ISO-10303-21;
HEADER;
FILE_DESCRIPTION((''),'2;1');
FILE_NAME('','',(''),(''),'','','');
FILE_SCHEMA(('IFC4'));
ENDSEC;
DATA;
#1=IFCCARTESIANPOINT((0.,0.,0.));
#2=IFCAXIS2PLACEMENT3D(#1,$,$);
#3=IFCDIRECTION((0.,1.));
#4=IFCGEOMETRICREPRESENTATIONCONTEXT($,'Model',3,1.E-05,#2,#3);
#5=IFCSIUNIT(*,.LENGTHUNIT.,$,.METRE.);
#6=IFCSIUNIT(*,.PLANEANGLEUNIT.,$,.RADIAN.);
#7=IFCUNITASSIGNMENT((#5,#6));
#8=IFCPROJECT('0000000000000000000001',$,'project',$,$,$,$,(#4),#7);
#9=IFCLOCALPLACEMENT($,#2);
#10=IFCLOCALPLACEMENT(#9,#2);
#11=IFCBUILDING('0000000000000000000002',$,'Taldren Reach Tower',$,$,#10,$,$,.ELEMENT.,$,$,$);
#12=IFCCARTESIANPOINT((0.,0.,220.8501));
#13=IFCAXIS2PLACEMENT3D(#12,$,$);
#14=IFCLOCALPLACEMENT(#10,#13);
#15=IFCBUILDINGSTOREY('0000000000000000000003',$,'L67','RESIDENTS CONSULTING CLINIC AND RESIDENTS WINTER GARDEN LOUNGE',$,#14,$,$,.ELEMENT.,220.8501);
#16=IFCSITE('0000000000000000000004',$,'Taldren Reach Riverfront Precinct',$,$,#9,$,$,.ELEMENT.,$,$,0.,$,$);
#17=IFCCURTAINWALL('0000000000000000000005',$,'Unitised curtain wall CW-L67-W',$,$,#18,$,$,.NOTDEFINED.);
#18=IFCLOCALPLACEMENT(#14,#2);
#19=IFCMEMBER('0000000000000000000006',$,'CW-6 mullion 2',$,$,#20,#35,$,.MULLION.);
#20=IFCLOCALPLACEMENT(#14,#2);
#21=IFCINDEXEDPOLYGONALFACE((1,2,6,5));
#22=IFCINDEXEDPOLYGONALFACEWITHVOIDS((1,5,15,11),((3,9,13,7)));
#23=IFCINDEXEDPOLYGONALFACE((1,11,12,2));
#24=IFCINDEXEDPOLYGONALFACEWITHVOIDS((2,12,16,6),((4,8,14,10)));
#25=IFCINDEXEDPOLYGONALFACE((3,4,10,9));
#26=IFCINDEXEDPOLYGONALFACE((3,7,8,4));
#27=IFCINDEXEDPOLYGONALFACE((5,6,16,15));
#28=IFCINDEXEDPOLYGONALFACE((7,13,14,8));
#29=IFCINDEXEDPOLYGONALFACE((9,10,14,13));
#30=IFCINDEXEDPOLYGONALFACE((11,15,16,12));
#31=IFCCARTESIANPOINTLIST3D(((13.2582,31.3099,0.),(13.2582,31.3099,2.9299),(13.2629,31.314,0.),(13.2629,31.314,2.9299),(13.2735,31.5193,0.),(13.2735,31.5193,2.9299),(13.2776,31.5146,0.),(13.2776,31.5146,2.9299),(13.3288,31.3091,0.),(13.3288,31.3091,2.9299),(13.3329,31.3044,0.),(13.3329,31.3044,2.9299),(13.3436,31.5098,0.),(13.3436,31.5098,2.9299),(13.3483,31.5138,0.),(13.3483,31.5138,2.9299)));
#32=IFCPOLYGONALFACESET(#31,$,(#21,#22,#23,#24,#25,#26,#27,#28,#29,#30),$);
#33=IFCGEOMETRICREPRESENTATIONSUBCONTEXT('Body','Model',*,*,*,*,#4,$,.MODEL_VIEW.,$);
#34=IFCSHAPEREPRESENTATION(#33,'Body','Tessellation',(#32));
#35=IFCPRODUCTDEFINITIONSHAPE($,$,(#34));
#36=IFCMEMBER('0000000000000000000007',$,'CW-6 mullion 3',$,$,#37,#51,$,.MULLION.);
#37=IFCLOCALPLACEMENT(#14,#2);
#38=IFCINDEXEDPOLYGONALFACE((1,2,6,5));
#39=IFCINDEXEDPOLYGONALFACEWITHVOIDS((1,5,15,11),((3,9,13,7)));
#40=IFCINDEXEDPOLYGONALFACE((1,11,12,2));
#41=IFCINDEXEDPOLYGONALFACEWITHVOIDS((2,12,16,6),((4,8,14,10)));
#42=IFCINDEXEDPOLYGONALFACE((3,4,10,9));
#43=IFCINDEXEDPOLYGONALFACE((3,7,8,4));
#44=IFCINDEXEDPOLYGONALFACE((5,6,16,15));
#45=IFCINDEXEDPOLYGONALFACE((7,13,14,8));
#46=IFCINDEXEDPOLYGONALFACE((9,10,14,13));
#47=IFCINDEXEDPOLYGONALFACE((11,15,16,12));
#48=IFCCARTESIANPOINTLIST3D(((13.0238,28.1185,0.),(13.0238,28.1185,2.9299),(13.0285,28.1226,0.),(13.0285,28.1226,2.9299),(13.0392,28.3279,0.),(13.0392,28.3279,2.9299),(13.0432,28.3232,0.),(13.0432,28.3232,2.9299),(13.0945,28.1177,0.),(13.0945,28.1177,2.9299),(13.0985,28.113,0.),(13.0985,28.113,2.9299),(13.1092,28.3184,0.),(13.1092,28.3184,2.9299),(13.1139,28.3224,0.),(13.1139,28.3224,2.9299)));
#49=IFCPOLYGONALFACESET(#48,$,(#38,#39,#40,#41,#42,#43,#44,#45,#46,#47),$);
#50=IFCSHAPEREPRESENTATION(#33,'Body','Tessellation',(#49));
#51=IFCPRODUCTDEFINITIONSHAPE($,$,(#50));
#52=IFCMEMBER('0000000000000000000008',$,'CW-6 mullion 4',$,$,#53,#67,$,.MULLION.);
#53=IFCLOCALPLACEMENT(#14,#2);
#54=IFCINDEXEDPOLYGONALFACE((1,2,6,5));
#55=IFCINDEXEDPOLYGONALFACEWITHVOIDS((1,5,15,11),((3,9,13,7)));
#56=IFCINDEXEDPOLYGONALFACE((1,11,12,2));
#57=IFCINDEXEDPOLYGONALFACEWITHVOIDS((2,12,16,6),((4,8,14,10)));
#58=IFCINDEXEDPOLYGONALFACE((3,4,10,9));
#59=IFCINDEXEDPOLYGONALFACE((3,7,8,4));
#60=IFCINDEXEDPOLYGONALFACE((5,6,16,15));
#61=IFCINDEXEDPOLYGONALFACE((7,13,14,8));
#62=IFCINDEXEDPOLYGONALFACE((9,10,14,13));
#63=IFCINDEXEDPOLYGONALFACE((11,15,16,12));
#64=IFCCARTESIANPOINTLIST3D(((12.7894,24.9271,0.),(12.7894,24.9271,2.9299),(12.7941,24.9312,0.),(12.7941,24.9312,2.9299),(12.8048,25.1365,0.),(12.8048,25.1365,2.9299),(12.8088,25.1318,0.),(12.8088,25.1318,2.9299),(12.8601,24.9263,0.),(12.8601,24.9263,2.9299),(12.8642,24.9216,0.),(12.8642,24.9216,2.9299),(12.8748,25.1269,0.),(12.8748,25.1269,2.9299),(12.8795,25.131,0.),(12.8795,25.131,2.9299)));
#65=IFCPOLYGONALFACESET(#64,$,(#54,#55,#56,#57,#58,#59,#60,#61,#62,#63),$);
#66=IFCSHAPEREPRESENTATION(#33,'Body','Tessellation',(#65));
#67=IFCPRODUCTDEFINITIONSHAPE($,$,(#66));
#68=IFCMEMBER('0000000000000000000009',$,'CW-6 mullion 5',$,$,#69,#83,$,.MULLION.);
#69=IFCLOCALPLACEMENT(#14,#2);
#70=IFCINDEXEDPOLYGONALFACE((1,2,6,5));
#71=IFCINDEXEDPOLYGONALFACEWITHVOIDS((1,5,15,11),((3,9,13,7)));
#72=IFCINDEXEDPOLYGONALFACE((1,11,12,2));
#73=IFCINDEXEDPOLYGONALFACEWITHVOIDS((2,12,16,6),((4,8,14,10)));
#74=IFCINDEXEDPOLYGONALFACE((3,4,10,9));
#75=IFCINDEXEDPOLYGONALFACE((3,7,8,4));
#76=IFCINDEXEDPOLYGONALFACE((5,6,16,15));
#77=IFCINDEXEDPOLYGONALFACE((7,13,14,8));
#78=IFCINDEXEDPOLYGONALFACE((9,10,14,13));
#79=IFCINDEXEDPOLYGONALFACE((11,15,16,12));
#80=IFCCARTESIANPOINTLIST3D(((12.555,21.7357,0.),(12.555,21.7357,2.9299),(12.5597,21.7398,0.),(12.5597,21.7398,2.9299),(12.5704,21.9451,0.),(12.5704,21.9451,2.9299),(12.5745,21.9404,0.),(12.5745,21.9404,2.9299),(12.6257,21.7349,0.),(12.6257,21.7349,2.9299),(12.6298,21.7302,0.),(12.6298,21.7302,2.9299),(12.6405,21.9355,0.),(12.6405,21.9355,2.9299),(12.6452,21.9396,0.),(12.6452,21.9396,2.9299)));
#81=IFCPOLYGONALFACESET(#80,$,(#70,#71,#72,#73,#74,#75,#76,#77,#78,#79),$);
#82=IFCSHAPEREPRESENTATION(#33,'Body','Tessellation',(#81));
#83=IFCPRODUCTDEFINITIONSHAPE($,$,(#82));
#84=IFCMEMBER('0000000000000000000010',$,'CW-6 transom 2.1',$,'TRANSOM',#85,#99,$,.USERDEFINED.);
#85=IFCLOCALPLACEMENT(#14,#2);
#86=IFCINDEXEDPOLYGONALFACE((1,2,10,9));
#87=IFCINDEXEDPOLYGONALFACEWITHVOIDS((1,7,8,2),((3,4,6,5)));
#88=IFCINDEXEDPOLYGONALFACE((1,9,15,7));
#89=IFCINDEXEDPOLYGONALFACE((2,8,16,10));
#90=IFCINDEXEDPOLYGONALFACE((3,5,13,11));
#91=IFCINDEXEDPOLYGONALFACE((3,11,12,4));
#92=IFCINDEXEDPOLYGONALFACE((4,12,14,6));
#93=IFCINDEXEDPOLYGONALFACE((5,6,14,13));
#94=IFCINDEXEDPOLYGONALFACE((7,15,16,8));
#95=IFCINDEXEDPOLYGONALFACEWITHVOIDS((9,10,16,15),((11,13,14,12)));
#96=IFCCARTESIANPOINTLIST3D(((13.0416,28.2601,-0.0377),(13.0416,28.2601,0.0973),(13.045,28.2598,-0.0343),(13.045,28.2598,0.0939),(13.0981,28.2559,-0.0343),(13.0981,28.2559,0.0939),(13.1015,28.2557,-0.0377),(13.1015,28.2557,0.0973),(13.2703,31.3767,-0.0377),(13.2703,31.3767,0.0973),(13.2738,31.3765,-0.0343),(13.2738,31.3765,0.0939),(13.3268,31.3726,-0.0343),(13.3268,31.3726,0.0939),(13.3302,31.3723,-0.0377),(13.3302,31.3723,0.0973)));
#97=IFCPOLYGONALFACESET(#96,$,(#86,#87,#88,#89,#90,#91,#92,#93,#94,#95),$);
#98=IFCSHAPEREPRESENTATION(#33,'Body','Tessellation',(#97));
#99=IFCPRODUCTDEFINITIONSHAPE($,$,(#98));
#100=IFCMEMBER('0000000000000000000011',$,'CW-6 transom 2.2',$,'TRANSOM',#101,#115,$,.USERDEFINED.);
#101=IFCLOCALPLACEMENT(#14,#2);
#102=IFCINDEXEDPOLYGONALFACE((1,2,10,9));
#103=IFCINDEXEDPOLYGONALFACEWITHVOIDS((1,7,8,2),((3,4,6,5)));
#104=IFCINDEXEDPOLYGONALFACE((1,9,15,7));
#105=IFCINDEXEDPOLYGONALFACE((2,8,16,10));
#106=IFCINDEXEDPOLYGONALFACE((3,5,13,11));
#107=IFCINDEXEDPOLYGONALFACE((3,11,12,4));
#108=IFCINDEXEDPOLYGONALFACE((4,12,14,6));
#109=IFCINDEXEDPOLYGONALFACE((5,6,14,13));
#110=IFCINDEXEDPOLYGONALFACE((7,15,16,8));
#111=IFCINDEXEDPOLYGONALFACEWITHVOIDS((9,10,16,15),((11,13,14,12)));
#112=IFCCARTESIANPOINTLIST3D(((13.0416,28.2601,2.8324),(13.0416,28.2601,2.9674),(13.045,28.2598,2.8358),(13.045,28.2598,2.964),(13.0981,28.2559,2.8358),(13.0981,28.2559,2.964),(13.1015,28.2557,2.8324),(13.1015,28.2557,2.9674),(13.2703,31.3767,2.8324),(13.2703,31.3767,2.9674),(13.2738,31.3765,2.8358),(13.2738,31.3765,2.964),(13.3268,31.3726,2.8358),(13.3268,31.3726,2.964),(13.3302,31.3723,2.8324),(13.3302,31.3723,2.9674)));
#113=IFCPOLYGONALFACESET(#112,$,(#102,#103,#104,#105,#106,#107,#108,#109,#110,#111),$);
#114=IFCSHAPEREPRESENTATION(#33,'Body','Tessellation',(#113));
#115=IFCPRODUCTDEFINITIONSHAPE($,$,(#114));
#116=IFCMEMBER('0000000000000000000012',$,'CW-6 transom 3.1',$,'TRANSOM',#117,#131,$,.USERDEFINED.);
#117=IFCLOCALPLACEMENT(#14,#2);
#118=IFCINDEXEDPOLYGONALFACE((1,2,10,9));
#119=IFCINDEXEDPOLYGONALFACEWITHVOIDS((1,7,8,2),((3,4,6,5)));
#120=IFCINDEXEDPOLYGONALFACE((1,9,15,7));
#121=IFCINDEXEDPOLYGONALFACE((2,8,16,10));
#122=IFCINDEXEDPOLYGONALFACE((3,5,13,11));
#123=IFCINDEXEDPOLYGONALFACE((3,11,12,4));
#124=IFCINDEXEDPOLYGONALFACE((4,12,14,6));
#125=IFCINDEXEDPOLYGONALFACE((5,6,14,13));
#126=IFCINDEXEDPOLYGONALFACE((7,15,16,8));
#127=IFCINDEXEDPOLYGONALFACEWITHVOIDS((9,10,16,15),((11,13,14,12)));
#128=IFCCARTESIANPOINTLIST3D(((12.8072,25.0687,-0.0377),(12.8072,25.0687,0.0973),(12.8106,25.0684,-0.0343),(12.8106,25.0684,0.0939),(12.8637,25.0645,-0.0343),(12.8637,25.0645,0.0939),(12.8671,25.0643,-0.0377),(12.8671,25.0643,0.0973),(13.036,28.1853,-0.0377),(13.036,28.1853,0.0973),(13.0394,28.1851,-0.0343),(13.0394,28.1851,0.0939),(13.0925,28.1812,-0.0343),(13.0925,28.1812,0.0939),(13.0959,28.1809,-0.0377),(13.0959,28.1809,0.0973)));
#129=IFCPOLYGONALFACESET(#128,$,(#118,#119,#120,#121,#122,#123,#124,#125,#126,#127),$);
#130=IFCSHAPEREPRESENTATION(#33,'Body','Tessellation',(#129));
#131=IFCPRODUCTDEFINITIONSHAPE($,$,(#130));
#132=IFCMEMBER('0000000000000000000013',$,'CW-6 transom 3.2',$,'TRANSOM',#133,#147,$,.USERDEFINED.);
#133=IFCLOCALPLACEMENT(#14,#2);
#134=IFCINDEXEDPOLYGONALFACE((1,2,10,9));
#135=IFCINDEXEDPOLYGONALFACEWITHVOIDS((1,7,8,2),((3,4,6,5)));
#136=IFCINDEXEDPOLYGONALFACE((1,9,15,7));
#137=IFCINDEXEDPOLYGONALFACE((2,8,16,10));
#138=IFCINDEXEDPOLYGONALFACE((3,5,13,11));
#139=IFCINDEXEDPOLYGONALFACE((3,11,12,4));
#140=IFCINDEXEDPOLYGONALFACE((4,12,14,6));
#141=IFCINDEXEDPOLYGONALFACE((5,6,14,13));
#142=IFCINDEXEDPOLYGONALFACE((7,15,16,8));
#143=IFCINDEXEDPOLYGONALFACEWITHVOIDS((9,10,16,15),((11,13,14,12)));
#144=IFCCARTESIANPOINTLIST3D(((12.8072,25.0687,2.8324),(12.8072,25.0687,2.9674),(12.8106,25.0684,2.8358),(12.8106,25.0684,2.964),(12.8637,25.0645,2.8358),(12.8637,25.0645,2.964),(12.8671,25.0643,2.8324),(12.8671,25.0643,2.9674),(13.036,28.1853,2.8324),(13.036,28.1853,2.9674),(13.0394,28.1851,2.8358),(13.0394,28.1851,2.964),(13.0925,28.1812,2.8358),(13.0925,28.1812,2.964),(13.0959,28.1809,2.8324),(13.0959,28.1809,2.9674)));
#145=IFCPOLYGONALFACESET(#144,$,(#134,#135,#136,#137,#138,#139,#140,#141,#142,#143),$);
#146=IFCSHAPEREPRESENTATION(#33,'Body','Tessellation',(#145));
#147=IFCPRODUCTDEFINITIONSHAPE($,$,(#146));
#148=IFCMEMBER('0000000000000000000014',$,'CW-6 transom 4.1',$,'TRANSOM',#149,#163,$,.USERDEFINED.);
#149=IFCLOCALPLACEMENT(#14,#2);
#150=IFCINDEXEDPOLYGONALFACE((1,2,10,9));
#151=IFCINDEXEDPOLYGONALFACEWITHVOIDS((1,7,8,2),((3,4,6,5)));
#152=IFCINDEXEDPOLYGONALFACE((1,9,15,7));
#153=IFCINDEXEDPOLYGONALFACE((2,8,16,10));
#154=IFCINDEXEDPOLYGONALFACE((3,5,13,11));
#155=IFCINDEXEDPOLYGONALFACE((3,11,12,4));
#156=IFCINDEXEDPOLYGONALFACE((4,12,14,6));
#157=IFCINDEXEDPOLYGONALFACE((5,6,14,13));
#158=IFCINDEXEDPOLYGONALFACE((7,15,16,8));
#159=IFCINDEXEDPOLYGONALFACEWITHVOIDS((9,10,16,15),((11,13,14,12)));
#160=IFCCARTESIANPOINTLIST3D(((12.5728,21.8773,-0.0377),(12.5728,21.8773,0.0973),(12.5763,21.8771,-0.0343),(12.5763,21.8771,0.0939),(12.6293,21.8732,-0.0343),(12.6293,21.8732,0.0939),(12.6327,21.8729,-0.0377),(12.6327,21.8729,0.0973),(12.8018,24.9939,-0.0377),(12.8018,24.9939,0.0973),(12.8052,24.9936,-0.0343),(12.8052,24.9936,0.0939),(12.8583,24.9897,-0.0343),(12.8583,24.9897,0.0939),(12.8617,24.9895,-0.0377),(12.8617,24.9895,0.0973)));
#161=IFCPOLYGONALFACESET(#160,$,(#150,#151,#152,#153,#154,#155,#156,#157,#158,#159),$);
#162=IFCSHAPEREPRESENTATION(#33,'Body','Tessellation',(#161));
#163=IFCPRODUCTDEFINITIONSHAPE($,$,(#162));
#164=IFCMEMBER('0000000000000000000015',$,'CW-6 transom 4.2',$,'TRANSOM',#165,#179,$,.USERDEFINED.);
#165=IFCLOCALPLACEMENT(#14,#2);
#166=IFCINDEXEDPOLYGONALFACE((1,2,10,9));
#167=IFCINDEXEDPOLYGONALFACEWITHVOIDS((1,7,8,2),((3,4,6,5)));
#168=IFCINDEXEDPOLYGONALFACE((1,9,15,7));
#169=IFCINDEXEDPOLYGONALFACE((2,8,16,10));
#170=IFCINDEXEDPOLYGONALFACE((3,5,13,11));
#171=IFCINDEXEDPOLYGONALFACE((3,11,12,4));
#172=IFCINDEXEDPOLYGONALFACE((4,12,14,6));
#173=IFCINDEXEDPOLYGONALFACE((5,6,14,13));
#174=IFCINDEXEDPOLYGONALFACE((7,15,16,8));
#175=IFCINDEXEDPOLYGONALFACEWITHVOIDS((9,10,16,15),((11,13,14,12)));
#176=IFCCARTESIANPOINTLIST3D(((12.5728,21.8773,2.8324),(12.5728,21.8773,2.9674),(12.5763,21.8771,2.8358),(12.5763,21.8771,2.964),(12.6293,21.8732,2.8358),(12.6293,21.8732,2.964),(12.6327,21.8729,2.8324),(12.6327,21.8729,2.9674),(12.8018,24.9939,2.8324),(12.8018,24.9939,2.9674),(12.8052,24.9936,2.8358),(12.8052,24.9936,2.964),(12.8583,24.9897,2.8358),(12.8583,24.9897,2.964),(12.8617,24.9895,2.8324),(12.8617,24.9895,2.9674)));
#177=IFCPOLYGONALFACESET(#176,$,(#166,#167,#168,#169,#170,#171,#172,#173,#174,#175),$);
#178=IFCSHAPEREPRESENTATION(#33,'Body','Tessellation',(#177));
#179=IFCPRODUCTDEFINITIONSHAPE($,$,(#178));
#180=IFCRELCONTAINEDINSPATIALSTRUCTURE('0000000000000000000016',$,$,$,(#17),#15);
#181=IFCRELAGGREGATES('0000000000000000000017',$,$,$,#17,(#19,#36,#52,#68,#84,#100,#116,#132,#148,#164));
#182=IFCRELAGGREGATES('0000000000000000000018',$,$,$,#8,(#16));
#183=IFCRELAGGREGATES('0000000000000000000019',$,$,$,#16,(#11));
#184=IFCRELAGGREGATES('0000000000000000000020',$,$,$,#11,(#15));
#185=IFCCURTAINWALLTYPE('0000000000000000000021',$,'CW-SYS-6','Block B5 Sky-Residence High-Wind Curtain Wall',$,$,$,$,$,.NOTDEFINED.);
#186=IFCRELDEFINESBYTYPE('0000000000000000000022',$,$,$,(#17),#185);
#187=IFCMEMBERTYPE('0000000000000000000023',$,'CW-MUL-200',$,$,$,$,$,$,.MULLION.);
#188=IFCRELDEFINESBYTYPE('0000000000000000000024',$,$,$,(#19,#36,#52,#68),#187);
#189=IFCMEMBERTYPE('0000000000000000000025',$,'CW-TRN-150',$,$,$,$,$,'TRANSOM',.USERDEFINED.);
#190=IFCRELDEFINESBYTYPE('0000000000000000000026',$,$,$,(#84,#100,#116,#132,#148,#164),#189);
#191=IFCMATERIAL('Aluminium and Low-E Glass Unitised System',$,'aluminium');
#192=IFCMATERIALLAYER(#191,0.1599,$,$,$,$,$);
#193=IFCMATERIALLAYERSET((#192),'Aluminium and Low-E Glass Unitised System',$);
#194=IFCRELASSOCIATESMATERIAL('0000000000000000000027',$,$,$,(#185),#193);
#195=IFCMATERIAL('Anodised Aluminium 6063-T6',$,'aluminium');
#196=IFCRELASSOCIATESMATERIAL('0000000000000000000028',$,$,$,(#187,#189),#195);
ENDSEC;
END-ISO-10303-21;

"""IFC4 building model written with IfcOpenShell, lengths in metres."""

from ifc_helpers import new_model, si_unit, direction, frame, origin, origin_2d, place, context, subcontext, project, spatial, hollow_rectangle, extrude, source, transform, mapped, material, layer, layer_set, material_profile, profile_set, type_object, element, aggregate, save


model = new_model("IFC4")

# Units and contexts
model_context = context("Model", 3, precision=1e-05, world=origin(), true_north=direction((0.0, 1.0)))
body_context = subcontext(model_context, "Body", "Model", "MODEL_VIEW")
ifc_project = project(units=[si_unit("LENGTHUNIT", "METRE"), si_unit("PLANEANGLEUNIT", "RADIAN")], contexts=[model_context])

# Site, building, storey
site_placement = place(None, origin())
site = spatial("IfcSite", under=ifc_project, at=site_placement, Name="Taldren Reach Riverfront Precinct", CompositionType="ELEMENT", RefElevation=0.0)
building_placement = place(site_placement, origin())
building = spatial("IfcBuilding", under=site, at=building_placement, Name="Taldren Reach Tower", CompositionType="ELEMENT")
storey_placement = place(building_placement, frame((0.0, 0.0, 220.8501)))
storey = spatial("IfcBuildingStorey", under=building, at=storey_placement, Name="L67", Description="RESIDENTS CONSULTING CLINIC AND RESIDENTS WINTER GARDEN LOUNGE", CompositionType="ELEMENT", Elevation=220.8501)

# Curtain wall, members
ifc_material_1 = material(Name="Aluminium and Low-E Glass Unitised System", Category="aluminium")
ifc_layer_1 = layer(ifc_material_1, 0.1599)
ifc_layer_set_1 = layer_set([ifc_layer_1], Name="Aluminium and Low-E Glass Unitised System")
curtain_wall_type = type_object("IfcCurtainWallType", Name="CW-SYS-6", Description="Block B5 Sky-Residence High-Wind Curtain Wall", PredefinedType="NOTDEFINED", material=ifc_layer_set_1)
curtain_wall_placement = place(storey_placement, origin())
curtain_wall = element("IfcCurtainWall", 1, at=curtain_wall_placement, inside=storey, type_object=curtain_wall_type, Name="Unitised curtain wall CW-L67-W", PredefinedType="NOTDEFINED")
ifc_material_2 = material(Name="Anodised Aluminium 6063-T6", Category="aluminium")
ifc_material_profile_1 = material_profile(ifc_material_2, hollow_rectangle(XDim=0.075, YDim=0.21, WallThickness=0.0044, at=origin_2d()), Name="ALU-210x75x4.5RHS")
ifc_profile_set_1 = profile_set([ifc_material_profile_1], Name="Anodised Aluminium 6063-T6")
member_type_1 = type_object("IfcMemberType", Name="CW-MUL-200", PredefinedType="MULLION", material=ifc_profile_set_1)
shared_shape_1 = source(origin(), body_context, "Body", "SweptSolid", [
    extrude(hollow_rectangle(XDim=0.075, YDim=0.21, WallThickness=0.0044, at=origin_2d()), origin(), (0.0, 0.0, 1.0), 2.9299),
])
member_1_placement = place(storey_placement, frame((13.3032, 31.4119, 0.0), z_axis=(0.0, 0.0, 1.0), x_axis=(0.997314, -0.073238, 0.0)))
member_1 = element("IfcMember", 2, at=member_1_placement, type_object=member_type_1, Name="CW-6 mullion 2", PredefinedType="MULLION", context=body_context, shape_type="MappedRepresentation", body=[
    mapped(shared_shape_1, transform((0.0, 0.0, 0.0), scale=1.0)),
])
member_2_placement = place(storey_placement, frame((13.0688, 28.2205, 0.0), z_axis=(0.0, 0.0, 1.0), x_axis=(0.997314, -0.073238, 0.0)))
member_2 = element("IfcMember", 3, at=member_2_placement, type_object=member_type_1, Name="CW-6 mullion 3", PredefinedType="MULLION", context=body_context, shape_type="MappedRepresentation", body=[
    mapped(shared_shape_1, transform((0.0, 0.0, 0.0), scale=1.0)),
])
member_3_placement = place(storey_placement, frame((12.8345, 25.0291, 0.0), z_axis=(0.0, 0.0, 1.0), x_axis=(0.997314, -0.073238, 0.0)))
member_3 = element("IfcMember", 4, at=member_3_placement, type_object=member_type_1, Name="CW-6 mullion 4", PredefinedType="MULLION", context=body_context, shape_type="MappedRepresentation", body=[
    mapped(shared_shape_1, transform((0.0, 0.0, 0.0), scale=1.0)),
])
member_4_placement = place(storey_placement, frame((12.6001, 21.8376, 0.0), z_axis=(0.0, 0.0, 1.0), x_axis=(0.997314, -0.073238, 0.0)))
member_4 = element("IfcMember", 5, at=member_4_placement, type_object=member_type_1, Name="CW-6 mullion 5", PredefinedType="MULLION", context=body_context, shape_type="MappedRepresentation", body=[
    mapped(shared_shape_1, transform((0.0, 0.0, 0.0), scale=1.0)),
])
ifc_material_profile_2 = material_profile(ifc_material_2, hollow_rectangle(XDim=0.0601, YDim=0.135, WallThickness=0.0034, at=origin_2d()), Name="ALU-135x60x3.5RHS")
ifc_profile_set_2 = profile_set([ifc_material_profile_2], Name="Anodised Aluminium 6063-T6")
member_type_2 = type_object("IfcMemberType", Name="CW-TRN-150", ElementType="TRANSOM", PredefinedType="USERDEFINED", material=ifc_profile_set_2)
shared_shape_2 = source(origin(), body_context, "Body", "SweptSolid", [
    extrude(hollow_rectangle(XDim=0.0601, YDim=0.135, WallThickness=0.0034, at=origin_2d()), origin(), (0.0, 0.0, 1.0), 3.125),
])
member_5_placement = place(storey_placement, frame((13.3003, 31.3745, 0.0298), z_axis=(-0.073201, -0.997317, 0.0), x_axis=(0.997317, -0.073201, 0.0)))
member_5 = element("IfcMember", 6, at=member_5_placement, type_object=member_type_2, Name="CW-6 transom 2.1", ObjectType="TRANSOM", PredefinedType="USERDEFINED", context=body_context, shape_type="MappedRepresentation", body=[
    mapped(shared_shape_2, transform((0.0, 0.0, 0.0), scale=1.0)),
])
member_6_placement = place(storey_placement, frame((13.3003, 31.3745, 2.8999), z_axis=(-0.073201, -0.997317, 0.0), x_axis=(0.997317, -0.073201, 0.0)))
member_6 = element("IfcMember", 7, at=member_6_placement, type_object=member_type_2, Name="CW-6 transom 2.2", ObjectType="TRANSOM", PredefinedType="USERDEFINED", context=body_context, shape_type="MappedRepresentation", body=[
    mapped(shared_shape_2, transform((0.0, 0.0, 0.0), scale=1.0)),
])
member_7_placement = place(storey_placement, frame((13.0659, 28.1831, 0.0298), z_axis=(-0.073201, -0.997317, 0.0), x_axis=(0.997317, -0.073201, 0.0)))
member_7 = element("IfcMember", 8, at=member_7_placement, type_object=member_type_2, Name="CW-6 transom 3.1", ObjectType="TRANSOM", PredefinedType="USERDEFINED", context=body_context, shape_type="MappedRepresentation", body=[
    mapped(shared_shape_2, transform((0.0, 0.0, 0.0), scale=1.0)),
])
member_8_placement = place(storey_placement, frame((13.0659, 28.1831, 2.8999), z_axis=(-0.073201, -0.997317, 0.0), x_axis=(0.997317, -0.073201, 0.0)))
member_8 = element("IfcMember", 9, at=member_8_placement, type_object=member_type_2, Name="CW-6 transom 3.2", ObjectType="TRANSOM", PredefinedType="USERDEFINED", context=body_context, shape_type="MappedRepresentation", body=[
    mapped(shared_shape_2, transform((0.0, 0.0, 0.0), scale=1.0)),
])
member_9_placement = place(storey_placement, frame((12.8318, 24.9917, 0.0298), z_axis=(-0.073279, -0.997311, 0.0), x_axis=(0.997311, -0.073279, 0.0)))
member_9 = element("IfcMember", 10, at=member_9_placement, type_object=member_type_2, Name="CW-6 transom 4.1", ObjectType="TRANSOM", PredefinedType="USERDEFINED", context=body_context, shape_type="MappedRepresentation", body=[
    mapped(shared_shape_2, transform((0.0, 0.0, 0.0), scale=1.0)),
])
member_10_placement = place(storey_placement, frame((12.8318, 24.9917, 2.8999), z_axis=(-0.073279, -0.997311, 0.0), x_axis=(0.997311, -0.073279, 0.0)))
member_10 = element("IfcMember", 11, at=member_10_placement, type_object=member_type_2, Name="CW-6 transom 4.2", ObjectType="TRANSOM", PredefinedType="USERDEFINED", context=body_context, shape_type="MappedRepresentation", body=[
    mapped(shared_shape_2, transform((0.0, 0.0, 0.0), scale=1.0)),
])

aggregate(curtain_wall, [member_1, member_2, member_3, member_4, member_5, member_6, member_7, member_8, member_9, member_10])

save(model, "model.ifc")
